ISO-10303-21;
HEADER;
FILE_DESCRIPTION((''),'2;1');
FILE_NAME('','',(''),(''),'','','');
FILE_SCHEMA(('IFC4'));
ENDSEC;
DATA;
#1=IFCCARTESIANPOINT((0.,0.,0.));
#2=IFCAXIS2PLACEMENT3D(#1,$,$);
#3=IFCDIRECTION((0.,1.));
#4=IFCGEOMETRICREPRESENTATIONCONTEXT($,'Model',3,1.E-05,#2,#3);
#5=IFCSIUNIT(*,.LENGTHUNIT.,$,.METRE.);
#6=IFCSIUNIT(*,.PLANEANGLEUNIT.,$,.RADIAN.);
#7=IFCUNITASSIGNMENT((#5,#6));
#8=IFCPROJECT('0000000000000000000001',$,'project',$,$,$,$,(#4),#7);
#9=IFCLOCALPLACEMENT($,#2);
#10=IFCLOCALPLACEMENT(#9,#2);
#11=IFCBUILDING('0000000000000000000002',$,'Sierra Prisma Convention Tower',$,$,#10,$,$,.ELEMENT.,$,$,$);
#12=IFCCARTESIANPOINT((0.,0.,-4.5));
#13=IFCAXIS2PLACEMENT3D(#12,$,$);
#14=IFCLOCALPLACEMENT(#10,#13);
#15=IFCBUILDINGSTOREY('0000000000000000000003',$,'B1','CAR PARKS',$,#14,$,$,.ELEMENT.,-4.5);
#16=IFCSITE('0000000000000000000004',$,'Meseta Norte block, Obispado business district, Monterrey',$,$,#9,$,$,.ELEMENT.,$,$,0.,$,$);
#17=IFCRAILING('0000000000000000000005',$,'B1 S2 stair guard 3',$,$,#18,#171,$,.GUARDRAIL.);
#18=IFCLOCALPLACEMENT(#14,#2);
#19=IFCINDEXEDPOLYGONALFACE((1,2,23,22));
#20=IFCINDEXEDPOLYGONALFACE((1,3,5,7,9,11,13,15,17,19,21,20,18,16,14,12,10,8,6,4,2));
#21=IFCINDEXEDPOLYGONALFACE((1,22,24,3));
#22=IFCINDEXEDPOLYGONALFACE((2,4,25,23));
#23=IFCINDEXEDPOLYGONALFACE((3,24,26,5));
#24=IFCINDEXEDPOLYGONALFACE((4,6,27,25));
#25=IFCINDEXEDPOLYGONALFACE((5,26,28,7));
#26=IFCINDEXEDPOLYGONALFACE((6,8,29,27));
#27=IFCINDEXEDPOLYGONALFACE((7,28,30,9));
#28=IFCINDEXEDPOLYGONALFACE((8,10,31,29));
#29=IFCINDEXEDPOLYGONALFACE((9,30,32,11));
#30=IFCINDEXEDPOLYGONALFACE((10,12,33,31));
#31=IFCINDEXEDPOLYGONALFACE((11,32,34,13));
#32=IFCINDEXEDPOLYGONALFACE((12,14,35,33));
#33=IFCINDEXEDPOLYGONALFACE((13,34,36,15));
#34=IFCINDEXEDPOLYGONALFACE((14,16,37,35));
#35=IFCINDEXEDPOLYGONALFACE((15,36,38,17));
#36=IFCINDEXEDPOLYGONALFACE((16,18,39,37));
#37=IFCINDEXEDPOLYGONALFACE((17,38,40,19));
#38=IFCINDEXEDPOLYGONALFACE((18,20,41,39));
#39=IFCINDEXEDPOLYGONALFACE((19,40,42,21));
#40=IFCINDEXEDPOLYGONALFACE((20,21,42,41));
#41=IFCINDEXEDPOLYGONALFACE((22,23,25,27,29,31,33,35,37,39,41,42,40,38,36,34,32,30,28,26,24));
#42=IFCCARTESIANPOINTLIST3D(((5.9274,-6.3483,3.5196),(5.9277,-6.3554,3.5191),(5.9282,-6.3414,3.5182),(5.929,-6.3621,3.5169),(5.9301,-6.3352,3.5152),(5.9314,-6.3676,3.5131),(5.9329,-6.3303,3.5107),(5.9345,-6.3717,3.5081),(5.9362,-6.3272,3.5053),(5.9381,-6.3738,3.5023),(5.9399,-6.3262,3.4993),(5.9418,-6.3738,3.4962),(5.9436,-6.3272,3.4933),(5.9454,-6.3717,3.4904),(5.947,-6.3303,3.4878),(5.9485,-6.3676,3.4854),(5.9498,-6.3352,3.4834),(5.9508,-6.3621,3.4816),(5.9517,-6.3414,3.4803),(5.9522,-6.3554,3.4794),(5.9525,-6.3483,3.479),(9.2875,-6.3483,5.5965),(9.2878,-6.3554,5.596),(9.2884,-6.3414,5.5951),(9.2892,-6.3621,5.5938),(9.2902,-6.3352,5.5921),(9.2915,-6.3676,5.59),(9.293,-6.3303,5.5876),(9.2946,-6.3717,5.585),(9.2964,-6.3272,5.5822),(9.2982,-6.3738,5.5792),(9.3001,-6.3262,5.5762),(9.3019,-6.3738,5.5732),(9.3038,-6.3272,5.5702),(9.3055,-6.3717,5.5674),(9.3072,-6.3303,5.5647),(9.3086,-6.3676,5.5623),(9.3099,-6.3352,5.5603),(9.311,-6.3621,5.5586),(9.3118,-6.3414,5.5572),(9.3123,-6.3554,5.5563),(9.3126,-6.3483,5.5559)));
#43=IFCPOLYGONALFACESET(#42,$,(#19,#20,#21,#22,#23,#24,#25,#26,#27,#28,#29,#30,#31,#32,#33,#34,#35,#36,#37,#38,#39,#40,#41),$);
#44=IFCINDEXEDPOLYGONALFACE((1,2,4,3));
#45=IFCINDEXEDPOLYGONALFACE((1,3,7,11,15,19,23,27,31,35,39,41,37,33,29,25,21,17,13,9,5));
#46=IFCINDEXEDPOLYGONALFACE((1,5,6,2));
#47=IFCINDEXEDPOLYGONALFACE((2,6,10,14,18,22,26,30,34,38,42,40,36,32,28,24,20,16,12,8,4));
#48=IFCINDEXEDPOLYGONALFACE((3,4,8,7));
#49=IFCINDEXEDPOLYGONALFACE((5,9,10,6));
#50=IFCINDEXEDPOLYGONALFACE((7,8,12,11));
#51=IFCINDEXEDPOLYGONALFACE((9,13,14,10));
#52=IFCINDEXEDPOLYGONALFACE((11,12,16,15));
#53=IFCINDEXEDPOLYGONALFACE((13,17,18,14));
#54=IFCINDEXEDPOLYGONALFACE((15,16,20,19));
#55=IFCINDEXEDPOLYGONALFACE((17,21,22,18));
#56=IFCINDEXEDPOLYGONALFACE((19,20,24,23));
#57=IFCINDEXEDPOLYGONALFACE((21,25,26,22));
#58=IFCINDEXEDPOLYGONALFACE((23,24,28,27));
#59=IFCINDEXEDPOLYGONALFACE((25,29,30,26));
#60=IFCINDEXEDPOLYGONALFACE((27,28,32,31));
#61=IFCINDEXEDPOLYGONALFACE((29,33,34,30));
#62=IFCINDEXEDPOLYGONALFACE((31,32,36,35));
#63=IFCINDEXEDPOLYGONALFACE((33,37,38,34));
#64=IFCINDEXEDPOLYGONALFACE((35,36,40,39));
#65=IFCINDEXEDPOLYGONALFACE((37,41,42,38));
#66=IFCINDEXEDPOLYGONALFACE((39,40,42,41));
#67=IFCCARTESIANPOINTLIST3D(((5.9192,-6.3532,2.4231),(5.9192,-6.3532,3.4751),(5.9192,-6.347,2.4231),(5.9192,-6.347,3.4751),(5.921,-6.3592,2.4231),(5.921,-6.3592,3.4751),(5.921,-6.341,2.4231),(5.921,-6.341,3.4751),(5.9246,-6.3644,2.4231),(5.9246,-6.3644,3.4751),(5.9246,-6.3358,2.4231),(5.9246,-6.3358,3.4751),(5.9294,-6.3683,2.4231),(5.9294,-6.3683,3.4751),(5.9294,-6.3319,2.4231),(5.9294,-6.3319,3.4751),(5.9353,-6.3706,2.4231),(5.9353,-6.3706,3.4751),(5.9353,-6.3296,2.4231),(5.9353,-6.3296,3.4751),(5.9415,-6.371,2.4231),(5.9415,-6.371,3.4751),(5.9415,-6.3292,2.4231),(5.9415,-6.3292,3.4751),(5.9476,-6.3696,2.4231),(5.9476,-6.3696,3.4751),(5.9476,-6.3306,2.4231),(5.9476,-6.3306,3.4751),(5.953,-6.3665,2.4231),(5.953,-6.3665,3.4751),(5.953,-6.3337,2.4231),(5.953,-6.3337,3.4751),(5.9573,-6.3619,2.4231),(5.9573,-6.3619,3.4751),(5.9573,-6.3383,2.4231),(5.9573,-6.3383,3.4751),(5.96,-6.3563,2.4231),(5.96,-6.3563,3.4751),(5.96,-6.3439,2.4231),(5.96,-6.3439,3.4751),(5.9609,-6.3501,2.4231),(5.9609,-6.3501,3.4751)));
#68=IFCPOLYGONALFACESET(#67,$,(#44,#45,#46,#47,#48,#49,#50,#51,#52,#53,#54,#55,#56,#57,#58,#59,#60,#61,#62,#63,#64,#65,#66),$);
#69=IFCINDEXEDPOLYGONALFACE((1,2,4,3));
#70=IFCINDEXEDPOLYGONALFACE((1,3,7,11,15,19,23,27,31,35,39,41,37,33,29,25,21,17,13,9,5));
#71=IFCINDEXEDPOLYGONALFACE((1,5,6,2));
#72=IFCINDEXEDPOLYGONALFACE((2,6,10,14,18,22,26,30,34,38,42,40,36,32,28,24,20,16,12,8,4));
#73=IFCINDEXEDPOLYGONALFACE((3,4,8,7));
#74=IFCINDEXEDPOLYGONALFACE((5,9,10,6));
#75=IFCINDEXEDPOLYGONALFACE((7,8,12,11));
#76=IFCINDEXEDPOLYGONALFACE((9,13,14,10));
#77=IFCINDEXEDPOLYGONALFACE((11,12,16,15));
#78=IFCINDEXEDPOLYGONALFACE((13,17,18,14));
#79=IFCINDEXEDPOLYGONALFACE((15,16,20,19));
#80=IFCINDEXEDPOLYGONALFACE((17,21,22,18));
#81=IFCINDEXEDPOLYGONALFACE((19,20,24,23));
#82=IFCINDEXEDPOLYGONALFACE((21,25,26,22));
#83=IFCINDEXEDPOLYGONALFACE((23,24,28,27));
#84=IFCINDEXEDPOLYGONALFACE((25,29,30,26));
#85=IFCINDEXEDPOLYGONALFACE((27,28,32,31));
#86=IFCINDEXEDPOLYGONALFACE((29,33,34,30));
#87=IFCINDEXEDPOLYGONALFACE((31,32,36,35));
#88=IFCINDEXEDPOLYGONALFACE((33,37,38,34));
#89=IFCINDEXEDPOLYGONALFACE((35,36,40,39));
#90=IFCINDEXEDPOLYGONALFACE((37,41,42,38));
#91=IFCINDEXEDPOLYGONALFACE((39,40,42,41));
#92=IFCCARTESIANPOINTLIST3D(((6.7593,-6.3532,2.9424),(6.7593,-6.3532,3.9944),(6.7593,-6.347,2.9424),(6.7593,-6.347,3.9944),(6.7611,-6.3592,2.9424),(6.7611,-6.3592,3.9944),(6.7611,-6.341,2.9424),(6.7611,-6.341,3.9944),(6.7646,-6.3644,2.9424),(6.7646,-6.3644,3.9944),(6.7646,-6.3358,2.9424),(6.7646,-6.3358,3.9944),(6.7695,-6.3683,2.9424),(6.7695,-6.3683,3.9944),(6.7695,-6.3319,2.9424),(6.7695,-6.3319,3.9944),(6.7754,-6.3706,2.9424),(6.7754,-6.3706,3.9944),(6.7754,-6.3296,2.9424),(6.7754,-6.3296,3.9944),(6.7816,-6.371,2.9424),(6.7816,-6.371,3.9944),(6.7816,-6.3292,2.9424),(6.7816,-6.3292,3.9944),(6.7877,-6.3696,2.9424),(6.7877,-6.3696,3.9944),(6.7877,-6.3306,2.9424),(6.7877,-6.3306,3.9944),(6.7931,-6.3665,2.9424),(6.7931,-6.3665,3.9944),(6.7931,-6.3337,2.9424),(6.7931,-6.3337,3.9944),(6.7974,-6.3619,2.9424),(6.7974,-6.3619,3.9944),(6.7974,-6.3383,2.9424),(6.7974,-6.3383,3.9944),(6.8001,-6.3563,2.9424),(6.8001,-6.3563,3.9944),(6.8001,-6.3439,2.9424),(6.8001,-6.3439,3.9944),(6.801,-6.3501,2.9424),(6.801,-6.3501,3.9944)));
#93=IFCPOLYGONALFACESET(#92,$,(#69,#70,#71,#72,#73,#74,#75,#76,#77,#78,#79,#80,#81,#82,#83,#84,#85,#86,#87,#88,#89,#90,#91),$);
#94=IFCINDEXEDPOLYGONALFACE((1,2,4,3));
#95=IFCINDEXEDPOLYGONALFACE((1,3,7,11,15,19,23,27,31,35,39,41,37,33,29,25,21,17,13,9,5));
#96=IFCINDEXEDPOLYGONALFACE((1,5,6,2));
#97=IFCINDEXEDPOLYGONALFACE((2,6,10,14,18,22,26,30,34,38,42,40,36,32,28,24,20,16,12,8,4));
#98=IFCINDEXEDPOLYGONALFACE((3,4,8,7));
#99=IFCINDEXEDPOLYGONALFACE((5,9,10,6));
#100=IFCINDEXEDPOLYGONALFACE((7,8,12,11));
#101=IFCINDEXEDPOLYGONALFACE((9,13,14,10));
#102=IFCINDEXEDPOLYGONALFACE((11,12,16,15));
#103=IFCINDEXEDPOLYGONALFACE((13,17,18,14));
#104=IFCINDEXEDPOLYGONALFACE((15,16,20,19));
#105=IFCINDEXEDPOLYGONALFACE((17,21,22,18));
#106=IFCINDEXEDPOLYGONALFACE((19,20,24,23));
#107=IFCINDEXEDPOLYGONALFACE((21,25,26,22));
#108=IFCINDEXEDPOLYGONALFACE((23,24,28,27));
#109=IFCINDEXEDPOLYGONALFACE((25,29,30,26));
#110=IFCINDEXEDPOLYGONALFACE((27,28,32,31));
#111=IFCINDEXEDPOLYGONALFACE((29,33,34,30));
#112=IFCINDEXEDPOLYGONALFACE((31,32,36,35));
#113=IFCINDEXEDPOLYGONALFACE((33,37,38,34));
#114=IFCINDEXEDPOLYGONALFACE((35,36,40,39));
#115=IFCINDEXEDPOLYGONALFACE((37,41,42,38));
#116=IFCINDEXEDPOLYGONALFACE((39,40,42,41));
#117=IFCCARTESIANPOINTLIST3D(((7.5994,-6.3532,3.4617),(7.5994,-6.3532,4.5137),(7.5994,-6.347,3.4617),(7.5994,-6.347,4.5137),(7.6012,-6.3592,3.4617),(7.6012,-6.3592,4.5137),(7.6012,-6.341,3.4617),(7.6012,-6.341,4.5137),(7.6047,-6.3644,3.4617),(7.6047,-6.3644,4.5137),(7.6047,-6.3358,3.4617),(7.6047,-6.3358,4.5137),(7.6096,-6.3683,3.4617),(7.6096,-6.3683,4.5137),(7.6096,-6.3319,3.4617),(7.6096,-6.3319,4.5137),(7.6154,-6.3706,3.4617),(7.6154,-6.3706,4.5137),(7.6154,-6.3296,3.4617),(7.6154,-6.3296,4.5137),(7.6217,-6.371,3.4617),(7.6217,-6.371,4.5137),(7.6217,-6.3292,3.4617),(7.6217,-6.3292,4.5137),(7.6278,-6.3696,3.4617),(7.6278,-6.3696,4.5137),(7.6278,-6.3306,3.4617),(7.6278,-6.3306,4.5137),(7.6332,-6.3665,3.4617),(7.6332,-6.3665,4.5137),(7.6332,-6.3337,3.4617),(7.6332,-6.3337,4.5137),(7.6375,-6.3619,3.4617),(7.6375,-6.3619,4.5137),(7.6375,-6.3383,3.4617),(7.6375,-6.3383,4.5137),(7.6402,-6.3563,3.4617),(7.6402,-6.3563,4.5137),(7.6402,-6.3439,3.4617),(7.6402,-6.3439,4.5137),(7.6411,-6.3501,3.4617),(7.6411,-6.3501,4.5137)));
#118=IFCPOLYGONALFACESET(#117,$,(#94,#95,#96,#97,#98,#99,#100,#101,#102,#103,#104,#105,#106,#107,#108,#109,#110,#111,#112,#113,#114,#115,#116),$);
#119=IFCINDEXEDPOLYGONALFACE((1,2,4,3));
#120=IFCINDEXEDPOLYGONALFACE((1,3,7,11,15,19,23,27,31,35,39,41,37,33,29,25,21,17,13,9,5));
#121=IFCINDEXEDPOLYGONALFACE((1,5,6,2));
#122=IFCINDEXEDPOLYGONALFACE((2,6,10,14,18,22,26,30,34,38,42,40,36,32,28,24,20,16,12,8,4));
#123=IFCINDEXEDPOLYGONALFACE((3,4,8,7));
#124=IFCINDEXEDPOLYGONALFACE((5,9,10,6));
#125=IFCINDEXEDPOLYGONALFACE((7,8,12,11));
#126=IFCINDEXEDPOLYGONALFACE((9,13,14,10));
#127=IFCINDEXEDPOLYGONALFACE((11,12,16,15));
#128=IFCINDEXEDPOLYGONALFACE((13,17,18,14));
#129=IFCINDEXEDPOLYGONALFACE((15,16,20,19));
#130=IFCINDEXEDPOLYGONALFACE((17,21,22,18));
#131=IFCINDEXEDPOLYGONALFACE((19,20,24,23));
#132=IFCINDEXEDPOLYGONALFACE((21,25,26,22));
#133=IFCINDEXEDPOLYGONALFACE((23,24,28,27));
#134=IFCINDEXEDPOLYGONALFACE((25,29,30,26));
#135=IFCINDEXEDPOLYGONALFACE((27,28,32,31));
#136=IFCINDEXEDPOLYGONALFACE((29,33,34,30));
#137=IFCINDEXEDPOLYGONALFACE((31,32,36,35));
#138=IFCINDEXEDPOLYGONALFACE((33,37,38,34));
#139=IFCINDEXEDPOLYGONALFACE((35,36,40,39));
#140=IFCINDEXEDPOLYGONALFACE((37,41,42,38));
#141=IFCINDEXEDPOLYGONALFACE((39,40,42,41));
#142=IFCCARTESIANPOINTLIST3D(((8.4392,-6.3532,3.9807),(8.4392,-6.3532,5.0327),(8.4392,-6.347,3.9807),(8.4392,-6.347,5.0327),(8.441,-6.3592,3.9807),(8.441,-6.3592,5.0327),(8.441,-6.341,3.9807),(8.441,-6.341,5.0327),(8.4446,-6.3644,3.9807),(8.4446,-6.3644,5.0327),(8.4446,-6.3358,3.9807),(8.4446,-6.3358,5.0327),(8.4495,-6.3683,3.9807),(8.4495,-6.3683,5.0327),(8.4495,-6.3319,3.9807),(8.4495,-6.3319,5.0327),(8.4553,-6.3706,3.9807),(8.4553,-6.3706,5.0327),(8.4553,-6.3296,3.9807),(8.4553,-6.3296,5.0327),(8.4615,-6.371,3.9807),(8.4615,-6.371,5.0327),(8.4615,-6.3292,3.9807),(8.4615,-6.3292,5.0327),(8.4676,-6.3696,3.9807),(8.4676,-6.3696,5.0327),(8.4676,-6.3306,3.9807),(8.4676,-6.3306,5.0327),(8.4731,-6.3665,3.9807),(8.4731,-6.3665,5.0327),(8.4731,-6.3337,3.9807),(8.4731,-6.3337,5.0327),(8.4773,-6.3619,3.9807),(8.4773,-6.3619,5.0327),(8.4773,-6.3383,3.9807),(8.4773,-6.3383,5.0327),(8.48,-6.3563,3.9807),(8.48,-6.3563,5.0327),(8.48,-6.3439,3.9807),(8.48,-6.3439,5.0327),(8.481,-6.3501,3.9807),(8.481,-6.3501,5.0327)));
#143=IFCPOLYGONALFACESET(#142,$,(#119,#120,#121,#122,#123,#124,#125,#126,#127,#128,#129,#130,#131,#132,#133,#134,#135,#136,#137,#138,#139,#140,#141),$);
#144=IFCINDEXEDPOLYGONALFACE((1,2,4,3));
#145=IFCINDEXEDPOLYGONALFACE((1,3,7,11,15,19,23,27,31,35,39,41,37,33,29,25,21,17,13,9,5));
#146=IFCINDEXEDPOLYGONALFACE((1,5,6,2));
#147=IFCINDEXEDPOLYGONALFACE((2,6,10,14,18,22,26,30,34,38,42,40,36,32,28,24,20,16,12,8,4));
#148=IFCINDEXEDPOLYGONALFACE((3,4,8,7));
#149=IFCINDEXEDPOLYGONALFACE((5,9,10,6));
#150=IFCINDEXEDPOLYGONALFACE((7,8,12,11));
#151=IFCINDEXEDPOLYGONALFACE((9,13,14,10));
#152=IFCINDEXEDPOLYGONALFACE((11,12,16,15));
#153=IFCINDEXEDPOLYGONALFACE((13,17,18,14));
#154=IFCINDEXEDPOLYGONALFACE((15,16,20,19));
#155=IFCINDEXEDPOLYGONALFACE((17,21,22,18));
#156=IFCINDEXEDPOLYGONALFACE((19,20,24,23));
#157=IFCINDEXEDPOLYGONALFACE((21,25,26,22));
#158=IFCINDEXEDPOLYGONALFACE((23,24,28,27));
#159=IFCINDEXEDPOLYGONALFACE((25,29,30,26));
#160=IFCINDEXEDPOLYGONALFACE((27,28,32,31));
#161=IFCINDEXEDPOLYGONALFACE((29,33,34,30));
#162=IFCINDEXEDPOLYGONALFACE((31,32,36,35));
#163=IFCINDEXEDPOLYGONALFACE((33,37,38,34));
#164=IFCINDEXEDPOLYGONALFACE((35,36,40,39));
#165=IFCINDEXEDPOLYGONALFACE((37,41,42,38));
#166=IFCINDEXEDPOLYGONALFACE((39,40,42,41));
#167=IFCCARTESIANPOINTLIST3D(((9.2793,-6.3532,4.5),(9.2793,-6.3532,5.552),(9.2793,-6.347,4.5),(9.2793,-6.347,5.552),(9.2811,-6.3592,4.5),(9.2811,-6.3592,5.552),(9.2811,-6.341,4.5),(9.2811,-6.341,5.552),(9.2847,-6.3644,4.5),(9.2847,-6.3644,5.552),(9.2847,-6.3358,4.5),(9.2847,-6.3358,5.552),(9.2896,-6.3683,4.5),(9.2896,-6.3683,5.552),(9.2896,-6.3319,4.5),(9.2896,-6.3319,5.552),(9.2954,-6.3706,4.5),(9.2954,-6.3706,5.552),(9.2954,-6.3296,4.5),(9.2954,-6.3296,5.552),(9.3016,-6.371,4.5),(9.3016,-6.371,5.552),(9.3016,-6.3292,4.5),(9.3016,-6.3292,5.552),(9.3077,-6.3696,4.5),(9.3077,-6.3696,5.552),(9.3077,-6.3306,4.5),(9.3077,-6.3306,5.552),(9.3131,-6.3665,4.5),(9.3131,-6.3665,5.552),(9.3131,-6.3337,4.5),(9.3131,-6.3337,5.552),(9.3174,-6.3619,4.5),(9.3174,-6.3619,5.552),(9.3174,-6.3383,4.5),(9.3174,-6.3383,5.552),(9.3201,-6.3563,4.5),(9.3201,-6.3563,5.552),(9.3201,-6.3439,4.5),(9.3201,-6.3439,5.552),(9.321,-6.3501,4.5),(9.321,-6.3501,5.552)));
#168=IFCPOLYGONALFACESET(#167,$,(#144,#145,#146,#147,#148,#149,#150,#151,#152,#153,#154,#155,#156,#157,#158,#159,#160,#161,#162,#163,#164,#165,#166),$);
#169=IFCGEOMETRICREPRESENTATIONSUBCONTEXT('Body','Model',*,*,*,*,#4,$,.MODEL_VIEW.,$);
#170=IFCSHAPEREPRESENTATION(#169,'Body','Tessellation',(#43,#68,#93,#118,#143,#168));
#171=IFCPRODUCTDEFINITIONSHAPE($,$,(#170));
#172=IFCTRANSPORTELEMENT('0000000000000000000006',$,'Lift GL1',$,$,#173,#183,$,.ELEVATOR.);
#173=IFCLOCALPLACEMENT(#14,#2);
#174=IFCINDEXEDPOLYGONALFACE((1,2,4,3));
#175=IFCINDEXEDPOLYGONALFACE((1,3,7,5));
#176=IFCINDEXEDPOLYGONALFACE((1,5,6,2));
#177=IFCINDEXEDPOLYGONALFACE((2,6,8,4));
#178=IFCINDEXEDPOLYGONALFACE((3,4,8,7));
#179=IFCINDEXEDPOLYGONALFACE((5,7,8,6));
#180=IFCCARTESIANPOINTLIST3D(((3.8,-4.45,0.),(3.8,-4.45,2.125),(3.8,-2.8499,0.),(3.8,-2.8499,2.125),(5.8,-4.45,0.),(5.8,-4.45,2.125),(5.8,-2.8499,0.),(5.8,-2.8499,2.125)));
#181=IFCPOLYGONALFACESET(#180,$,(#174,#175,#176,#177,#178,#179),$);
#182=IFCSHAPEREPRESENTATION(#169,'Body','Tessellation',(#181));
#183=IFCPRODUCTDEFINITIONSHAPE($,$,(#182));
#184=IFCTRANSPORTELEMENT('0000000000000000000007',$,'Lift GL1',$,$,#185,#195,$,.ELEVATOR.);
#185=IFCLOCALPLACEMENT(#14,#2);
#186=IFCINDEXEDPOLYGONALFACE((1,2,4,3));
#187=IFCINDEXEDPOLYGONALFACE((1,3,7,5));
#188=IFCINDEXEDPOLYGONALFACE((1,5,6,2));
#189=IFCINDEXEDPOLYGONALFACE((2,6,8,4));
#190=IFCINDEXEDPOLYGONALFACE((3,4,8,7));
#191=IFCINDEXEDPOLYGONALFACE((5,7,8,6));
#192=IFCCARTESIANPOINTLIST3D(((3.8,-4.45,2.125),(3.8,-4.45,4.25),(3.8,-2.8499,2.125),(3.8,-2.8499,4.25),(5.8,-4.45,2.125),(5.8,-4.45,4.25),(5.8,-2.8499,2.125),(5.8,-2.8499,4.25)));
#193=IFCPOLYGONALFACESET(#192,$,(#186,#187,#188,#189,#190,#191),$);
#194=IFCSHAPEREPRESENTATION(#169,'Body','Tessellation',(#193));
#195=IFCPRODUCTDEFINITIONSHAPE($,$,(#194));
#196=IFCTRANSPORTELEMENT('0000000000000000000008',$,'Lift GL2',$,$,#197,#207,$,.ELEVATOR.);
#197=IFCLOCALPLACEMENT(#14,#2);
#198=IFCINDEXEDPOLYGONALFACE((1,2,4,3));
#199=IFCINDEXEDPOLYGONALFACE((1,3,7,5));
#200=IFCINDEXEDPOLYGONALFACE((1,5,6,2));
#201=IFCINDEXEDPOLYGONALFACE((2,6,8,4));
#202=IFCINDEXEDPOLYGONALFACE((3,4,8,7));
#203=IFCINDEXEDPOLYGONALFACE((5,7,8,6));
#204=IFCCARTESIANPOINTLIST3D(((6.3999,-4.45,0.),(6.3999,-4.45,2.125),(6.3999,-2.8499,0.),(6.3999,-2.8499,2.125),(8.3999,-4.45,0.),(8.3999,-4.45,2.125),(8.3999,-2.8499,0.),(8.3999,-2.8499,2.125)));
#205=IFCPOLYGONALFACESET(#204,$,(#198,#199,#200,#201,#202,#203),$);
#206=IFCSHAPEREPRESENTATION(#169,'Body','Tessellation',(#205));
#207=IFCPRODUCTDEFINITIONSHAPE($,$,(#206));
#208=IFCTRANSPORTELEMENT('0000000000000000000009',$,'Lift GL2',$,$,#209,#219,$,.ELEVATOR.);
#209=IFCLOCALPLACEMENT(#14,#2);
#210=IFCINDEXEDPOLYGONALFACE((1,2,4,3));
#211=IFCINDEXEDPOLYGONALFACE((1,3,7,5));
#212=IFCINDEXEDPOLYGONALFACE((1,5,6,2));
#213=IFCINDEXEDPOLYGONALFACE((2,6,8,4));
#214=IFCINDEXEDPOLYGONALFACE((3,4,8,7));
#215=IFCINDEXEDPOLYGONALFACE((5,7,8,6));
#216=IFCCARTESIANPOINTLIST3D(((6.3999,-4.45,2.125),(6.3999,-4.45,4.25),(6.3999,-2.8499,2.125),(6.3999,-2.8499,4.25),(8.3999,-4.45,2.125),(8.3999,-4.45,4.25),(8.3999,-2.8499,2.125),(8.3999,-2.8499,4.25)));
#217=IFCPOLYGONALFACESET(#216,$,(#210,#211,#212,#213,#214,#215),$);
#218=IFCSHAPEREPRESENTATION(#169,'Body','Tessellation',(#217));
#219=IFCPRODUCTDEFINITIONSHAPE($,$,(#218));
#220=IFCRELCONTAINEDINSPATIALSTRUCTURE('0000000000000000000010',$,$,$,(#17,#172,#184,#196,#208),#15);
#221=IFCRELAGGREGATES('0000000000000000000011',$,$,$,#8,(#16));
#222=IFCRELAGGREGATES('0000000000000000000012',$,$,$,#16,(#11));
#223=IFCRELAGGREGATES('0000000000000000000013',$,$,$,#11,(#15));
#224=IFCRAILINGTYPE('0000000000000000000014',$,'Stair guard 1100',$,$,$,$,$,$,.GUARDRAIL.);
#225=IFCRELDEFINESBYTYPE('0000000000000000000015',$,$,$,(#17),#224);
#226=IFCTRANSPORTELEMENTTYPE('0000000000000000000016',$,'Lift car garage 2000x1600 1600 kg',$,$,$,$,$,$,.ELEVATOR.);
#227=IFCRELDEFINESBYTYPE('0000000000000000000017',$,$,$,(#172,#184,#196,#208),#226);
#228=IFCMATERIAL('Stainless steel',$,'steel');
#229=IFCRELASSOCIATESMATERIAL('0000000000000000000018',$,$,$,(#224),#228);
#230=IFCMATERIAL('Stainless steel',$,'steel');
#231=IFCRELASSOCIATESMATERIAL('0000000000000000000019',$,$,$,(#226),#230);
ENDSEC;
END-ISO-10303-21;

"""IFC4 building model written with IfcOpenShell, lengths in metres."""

from ifc_helpers import new_model, si_unit, direction, frame, origin, origin_2d, place, context, subcontext, project, spatial, rectangle, circle, extrude, material, type_object, element, save


model = new_model("IFC4")

# Units and contexts
model_context = context("Model", 3, precision=1e-05, world=origin(), true_north=direction((0.0, 1.0)))
body_context = subcontext(model_context, "Body", "Model", "MODEL_VIEW")
ifc_project = project(units=[si_unit("LENGTHUNIT", "METRE"), si_unit("PLANEANGLEUNIT", "RADIAN")], contexts=[model_context])

# Site, building, storey
site_placement = place(None, origin())
site = spatial("IfcSite", under=ifc_project, at=site_placement, Name="Meseta Norte block, Obispado business district, Monterrey", CompositionType="ELEMENT", RefElevation=0.0)
building_placement = place(site_placement, origin())
building = spatial("IfcBuilding", under=site, at=building_placement, Name="Sierra Prisma Convention Tower", CompositionType="ELEMENT")
storey_placement = place(building_placement, frame((0.0, 0.0, -4.5)))
storey = spatial("IfcBuildingStorey", under=building, at=storey_placement, Name="B1", Description="CAR PARKS", CompositionType="ELEMENT", Elevation=-4.5)

# Railing
ifc_material_1 = material(Name="Stainless steel", Category="steel")
railing_type_1 = type_object("IfcRailingType", Name="Stair guard 1100", PredefinedType="GUARDRAIL", material=ifc_material_1)
railing_1_placement = place(storey_placement, frame((5.9399, -6.3501, 2.4231)))
element("IfcRailing", 1, at=railing_1_placement, inside=storey, type_object=railing_type_1, Name="B1 S2 stair guard 3", PredefinedType="GUARDRAIL", context=body_context, shape_type="SweptSolid", body=[
    extrude(circle(Radius=0.0239, at=origin_2d()), frame((0.0, 0.0, 1.0762), z_axis=(0.850623, 0.0, 0.525776), x_axis=(0.0, 1.0, 0.0)), (0.0, 0.0, 1.0), 3.9502),
    extrude(circle(Radius=0.021, at=origin_2d()), origin(), (0.0, 0.0, 1.0), 1.052),
    extrude(circle(Radius=0.021, at=origin_2d()), frame((0.8401, 0.0, 0.5193)), (0.0, 0.0, 1.0), 1.052),
    extrude(circle(Radius=0.021, at=origin_2d()), frame((1.6802, 0.0, 1.0386)), (0.0, 0.0, 1.0), 1.052),
    extrude(circle(Radius=0.021, at=origin_2d()), frame((2.52, 0.0, 1.5576)), (0.0, 0.0, 1.0), 1.052),
    extrude(circle(Radius=0.021, at=origin_2d()), frame((3.3601, 0.0, 2.0769)), (0.0, 0.0, 1.0), 1.052),
])

# Transport elements
ifc_material_2 = material(Name="Stainless steel", Category="steel")
transport_element_type = type_object("IfcTransportElementType", Name="Lift car garage 2000x1600 1600 kg", PredefinedType="ELEVATOR", material=ifc_material_2)
for number, where, z_axis, x_axis, name in (
    (2, (4.8, -3.6499, 0.0), (0.0, 0.0, 1.0), (1.0, 0.0, 0.0), "Lift GL1"),
    (3, (4.8, -3.6499, 2.125), (0.0, 0.0, 1.0), (1.0, 0.0, 0.0), "Lift GL1"),
    (4, (7.3999, -3.6499, 0.0), (0.0, 0.0, 1.0), (1.0, 0.0, 0.0), "Lift GL2"),
    (5, (7.3999, -3.6499, 2.125), (0.0, 0.0, 1.0), (1.0, 0.0, 0.0), "Lift GL2"),
):
    element("IfcTransportElement", number, at=place(storey_placement, frame(where, z_axis=z_axis, x_axis=x_axis)), inside=storey, type_object=transport_element_type, Name=name, PredefinedType="ELEVATOR", context=body_context, shape_type="SweptSolid", body=[
        extrude(rectangle(XDim=2.0, YDim=1.6001, at=origin_2d()), origin(), (0.0, 0.0, 1.0), 2.125),
    ])

save(model, "model.ifc")
